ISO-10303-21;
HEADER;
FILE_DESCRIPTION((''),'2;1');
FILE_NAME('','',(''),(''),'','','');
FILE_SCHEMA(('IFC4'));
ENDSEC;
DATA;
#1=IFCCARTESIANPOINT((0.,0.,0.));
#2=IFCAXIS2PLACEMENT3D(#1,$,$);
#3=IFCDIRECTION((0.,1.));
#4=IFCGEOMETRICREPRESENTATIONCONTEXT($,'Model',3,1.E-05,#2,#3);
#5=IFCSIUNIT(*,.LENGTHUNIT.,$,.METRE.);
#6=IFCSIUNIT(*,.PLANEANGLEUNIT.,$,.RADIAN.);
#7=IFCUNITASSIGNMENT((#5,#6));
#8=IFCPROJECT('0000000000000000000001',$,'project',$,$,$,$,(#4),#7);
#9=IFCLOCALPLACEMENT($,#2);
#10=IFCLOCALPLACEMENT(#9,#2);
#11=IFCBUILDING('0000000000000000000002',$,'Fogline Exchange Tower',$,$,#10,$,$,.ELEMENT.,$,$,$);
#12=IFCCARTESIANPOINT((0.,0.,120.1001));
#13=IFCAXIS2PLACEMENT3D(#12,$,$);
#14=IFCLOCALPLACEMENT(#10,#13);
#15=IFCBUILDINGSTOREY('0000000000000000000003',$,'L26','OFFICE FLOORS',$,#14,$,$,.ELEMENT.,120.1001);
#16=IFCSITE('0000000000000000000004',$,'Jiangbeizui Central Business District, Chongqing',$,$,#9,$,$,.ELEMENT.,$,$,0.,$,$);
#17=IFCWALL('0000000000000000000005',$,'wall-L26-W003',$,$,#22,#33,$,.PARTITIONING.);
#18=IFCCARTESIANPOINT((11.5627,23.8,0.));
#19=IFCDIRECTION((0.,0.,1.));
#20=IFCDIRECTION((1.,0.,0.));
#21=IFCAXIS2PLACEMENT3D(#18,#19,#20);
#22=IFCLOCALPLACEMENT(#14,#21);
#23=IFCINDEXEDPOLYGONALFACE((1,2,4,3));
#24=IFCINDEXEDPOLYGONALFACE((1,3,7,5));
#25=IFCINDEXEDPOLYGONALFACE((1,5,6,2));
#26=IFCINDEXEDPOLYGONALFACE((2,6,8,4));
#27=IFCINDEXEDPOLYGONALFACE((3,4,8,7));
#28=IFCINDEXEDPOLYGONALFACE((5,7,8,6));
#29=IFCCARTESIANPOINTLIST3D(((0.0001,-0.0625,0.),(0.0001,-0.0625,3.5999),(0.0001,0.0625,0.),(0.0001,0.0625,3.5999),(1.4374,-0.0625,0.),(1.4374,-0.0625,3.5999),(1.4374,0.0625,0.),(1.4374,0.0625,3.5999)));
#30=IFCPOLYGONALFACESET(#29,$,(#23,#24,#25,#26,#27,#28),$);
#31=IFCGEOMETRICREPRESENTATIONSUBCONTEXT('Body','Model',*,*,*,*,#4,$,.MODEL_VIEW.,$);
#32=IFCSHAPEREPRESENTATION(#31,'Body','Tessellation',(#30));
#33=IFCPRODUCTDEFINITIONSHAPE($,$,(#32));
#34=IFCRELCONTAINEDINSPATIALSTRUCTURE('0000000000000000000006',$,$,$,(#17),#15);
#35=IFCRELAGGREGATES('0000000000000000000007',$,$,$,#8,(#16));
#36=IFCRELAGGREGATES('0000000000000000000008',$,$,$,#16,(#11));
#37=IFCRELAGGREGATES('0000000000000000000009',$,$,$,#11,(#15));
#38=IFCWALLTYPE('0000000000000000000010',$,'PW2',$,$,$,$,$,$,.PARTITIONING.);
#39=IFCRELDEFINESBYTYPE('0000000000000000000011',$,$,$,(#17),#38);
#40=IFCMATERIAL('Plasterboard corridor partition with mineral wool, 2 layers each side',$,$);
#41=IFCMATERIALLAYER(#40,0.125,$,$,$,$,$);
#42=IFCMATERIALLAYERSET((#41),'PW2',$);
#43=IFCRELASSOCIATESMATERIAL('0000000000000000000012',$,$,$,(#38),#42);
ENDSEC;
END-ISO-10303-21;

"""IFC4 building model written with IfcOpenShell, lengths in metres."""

from ifc_helpers import new_model, si_unit, direction, frame, frame_2d, origin, place, context, subcontext, project, spatial, rectangle, extrude, material, layer, layer_set, type_object, element, save


model = new_model("IFC4")

# Units and contexts
model_context = context("Model", 3, precision=1e-05, world=origin(), true_north=direction((0.0, 1.0)))
body_context = subcontext(model_context, "Body", "Model", "MODEL_VIEW")
ifc_project = project(units=[si_unit("LENGTHUNIT", "METRE"), si_unit("PLANEANGLEUNIT", "RADIAN")], contexts=[model_context])

# Site, building, storey
site_placement = place(None, origin())
site = spatial("IfcSite", under=ifc_project, at=site_placement, Name="Jiangbeizui Central Business District, Chongqing", CompositionType="ELEMENT", RefElevation=0.0)
building_placement = place(site_placement, origin())
building = spatial("IfcBuilding", under=site, at=building_placement, Name="Fogline Exchange Tower", CompositionType="ELEMENT")
storey_placement = place(building_placement, frame((0.0, 0.0, 120.1001)))
storey = spatial("IfcBuildingStorey", under=building, at=storey_placement, Name="L26", Description="OFFICE FLOORS", CompositionType="ELEMENT", Elevation=120.1001)

# Wall
ifc_material_1 = material(Name="Plasterboard corridor partition with mineral wool, 2 layers each side")
ifc_layer_1 = layer(ifc_material_1, 0.125)
ifc_layer_set_1 = layer_set([ifc_layer_1], Name="PW2")
wall_type_1 = type_object("IfcWallType", Name="PW2", PredefinedType="PARTITIONING", material=ifc_layer_set_1)
wall_1_placement = place(storey_placement, frame((11.5627, 23.8, 0.0), z_axis=(0.0, 0.0, 1.0), x_axis=(1.0, 0.0, 0.0)))
element("IfcWall", 1, at=wall_1_placement, inside=storey, type_object=wall_type_1, Name="wall-L26-W003", PredefinedType="PARTITIONING", context=body_context, shape_type="SweptSolid", body=[
    extrude(rectangle(XDim=1.4373, YDim=0.125, at=frame_2d((0.7188, 0.0))), origin(), (0.0, 0.0, 1.0), 3.5999),
])

save(model, "model.ifc")
